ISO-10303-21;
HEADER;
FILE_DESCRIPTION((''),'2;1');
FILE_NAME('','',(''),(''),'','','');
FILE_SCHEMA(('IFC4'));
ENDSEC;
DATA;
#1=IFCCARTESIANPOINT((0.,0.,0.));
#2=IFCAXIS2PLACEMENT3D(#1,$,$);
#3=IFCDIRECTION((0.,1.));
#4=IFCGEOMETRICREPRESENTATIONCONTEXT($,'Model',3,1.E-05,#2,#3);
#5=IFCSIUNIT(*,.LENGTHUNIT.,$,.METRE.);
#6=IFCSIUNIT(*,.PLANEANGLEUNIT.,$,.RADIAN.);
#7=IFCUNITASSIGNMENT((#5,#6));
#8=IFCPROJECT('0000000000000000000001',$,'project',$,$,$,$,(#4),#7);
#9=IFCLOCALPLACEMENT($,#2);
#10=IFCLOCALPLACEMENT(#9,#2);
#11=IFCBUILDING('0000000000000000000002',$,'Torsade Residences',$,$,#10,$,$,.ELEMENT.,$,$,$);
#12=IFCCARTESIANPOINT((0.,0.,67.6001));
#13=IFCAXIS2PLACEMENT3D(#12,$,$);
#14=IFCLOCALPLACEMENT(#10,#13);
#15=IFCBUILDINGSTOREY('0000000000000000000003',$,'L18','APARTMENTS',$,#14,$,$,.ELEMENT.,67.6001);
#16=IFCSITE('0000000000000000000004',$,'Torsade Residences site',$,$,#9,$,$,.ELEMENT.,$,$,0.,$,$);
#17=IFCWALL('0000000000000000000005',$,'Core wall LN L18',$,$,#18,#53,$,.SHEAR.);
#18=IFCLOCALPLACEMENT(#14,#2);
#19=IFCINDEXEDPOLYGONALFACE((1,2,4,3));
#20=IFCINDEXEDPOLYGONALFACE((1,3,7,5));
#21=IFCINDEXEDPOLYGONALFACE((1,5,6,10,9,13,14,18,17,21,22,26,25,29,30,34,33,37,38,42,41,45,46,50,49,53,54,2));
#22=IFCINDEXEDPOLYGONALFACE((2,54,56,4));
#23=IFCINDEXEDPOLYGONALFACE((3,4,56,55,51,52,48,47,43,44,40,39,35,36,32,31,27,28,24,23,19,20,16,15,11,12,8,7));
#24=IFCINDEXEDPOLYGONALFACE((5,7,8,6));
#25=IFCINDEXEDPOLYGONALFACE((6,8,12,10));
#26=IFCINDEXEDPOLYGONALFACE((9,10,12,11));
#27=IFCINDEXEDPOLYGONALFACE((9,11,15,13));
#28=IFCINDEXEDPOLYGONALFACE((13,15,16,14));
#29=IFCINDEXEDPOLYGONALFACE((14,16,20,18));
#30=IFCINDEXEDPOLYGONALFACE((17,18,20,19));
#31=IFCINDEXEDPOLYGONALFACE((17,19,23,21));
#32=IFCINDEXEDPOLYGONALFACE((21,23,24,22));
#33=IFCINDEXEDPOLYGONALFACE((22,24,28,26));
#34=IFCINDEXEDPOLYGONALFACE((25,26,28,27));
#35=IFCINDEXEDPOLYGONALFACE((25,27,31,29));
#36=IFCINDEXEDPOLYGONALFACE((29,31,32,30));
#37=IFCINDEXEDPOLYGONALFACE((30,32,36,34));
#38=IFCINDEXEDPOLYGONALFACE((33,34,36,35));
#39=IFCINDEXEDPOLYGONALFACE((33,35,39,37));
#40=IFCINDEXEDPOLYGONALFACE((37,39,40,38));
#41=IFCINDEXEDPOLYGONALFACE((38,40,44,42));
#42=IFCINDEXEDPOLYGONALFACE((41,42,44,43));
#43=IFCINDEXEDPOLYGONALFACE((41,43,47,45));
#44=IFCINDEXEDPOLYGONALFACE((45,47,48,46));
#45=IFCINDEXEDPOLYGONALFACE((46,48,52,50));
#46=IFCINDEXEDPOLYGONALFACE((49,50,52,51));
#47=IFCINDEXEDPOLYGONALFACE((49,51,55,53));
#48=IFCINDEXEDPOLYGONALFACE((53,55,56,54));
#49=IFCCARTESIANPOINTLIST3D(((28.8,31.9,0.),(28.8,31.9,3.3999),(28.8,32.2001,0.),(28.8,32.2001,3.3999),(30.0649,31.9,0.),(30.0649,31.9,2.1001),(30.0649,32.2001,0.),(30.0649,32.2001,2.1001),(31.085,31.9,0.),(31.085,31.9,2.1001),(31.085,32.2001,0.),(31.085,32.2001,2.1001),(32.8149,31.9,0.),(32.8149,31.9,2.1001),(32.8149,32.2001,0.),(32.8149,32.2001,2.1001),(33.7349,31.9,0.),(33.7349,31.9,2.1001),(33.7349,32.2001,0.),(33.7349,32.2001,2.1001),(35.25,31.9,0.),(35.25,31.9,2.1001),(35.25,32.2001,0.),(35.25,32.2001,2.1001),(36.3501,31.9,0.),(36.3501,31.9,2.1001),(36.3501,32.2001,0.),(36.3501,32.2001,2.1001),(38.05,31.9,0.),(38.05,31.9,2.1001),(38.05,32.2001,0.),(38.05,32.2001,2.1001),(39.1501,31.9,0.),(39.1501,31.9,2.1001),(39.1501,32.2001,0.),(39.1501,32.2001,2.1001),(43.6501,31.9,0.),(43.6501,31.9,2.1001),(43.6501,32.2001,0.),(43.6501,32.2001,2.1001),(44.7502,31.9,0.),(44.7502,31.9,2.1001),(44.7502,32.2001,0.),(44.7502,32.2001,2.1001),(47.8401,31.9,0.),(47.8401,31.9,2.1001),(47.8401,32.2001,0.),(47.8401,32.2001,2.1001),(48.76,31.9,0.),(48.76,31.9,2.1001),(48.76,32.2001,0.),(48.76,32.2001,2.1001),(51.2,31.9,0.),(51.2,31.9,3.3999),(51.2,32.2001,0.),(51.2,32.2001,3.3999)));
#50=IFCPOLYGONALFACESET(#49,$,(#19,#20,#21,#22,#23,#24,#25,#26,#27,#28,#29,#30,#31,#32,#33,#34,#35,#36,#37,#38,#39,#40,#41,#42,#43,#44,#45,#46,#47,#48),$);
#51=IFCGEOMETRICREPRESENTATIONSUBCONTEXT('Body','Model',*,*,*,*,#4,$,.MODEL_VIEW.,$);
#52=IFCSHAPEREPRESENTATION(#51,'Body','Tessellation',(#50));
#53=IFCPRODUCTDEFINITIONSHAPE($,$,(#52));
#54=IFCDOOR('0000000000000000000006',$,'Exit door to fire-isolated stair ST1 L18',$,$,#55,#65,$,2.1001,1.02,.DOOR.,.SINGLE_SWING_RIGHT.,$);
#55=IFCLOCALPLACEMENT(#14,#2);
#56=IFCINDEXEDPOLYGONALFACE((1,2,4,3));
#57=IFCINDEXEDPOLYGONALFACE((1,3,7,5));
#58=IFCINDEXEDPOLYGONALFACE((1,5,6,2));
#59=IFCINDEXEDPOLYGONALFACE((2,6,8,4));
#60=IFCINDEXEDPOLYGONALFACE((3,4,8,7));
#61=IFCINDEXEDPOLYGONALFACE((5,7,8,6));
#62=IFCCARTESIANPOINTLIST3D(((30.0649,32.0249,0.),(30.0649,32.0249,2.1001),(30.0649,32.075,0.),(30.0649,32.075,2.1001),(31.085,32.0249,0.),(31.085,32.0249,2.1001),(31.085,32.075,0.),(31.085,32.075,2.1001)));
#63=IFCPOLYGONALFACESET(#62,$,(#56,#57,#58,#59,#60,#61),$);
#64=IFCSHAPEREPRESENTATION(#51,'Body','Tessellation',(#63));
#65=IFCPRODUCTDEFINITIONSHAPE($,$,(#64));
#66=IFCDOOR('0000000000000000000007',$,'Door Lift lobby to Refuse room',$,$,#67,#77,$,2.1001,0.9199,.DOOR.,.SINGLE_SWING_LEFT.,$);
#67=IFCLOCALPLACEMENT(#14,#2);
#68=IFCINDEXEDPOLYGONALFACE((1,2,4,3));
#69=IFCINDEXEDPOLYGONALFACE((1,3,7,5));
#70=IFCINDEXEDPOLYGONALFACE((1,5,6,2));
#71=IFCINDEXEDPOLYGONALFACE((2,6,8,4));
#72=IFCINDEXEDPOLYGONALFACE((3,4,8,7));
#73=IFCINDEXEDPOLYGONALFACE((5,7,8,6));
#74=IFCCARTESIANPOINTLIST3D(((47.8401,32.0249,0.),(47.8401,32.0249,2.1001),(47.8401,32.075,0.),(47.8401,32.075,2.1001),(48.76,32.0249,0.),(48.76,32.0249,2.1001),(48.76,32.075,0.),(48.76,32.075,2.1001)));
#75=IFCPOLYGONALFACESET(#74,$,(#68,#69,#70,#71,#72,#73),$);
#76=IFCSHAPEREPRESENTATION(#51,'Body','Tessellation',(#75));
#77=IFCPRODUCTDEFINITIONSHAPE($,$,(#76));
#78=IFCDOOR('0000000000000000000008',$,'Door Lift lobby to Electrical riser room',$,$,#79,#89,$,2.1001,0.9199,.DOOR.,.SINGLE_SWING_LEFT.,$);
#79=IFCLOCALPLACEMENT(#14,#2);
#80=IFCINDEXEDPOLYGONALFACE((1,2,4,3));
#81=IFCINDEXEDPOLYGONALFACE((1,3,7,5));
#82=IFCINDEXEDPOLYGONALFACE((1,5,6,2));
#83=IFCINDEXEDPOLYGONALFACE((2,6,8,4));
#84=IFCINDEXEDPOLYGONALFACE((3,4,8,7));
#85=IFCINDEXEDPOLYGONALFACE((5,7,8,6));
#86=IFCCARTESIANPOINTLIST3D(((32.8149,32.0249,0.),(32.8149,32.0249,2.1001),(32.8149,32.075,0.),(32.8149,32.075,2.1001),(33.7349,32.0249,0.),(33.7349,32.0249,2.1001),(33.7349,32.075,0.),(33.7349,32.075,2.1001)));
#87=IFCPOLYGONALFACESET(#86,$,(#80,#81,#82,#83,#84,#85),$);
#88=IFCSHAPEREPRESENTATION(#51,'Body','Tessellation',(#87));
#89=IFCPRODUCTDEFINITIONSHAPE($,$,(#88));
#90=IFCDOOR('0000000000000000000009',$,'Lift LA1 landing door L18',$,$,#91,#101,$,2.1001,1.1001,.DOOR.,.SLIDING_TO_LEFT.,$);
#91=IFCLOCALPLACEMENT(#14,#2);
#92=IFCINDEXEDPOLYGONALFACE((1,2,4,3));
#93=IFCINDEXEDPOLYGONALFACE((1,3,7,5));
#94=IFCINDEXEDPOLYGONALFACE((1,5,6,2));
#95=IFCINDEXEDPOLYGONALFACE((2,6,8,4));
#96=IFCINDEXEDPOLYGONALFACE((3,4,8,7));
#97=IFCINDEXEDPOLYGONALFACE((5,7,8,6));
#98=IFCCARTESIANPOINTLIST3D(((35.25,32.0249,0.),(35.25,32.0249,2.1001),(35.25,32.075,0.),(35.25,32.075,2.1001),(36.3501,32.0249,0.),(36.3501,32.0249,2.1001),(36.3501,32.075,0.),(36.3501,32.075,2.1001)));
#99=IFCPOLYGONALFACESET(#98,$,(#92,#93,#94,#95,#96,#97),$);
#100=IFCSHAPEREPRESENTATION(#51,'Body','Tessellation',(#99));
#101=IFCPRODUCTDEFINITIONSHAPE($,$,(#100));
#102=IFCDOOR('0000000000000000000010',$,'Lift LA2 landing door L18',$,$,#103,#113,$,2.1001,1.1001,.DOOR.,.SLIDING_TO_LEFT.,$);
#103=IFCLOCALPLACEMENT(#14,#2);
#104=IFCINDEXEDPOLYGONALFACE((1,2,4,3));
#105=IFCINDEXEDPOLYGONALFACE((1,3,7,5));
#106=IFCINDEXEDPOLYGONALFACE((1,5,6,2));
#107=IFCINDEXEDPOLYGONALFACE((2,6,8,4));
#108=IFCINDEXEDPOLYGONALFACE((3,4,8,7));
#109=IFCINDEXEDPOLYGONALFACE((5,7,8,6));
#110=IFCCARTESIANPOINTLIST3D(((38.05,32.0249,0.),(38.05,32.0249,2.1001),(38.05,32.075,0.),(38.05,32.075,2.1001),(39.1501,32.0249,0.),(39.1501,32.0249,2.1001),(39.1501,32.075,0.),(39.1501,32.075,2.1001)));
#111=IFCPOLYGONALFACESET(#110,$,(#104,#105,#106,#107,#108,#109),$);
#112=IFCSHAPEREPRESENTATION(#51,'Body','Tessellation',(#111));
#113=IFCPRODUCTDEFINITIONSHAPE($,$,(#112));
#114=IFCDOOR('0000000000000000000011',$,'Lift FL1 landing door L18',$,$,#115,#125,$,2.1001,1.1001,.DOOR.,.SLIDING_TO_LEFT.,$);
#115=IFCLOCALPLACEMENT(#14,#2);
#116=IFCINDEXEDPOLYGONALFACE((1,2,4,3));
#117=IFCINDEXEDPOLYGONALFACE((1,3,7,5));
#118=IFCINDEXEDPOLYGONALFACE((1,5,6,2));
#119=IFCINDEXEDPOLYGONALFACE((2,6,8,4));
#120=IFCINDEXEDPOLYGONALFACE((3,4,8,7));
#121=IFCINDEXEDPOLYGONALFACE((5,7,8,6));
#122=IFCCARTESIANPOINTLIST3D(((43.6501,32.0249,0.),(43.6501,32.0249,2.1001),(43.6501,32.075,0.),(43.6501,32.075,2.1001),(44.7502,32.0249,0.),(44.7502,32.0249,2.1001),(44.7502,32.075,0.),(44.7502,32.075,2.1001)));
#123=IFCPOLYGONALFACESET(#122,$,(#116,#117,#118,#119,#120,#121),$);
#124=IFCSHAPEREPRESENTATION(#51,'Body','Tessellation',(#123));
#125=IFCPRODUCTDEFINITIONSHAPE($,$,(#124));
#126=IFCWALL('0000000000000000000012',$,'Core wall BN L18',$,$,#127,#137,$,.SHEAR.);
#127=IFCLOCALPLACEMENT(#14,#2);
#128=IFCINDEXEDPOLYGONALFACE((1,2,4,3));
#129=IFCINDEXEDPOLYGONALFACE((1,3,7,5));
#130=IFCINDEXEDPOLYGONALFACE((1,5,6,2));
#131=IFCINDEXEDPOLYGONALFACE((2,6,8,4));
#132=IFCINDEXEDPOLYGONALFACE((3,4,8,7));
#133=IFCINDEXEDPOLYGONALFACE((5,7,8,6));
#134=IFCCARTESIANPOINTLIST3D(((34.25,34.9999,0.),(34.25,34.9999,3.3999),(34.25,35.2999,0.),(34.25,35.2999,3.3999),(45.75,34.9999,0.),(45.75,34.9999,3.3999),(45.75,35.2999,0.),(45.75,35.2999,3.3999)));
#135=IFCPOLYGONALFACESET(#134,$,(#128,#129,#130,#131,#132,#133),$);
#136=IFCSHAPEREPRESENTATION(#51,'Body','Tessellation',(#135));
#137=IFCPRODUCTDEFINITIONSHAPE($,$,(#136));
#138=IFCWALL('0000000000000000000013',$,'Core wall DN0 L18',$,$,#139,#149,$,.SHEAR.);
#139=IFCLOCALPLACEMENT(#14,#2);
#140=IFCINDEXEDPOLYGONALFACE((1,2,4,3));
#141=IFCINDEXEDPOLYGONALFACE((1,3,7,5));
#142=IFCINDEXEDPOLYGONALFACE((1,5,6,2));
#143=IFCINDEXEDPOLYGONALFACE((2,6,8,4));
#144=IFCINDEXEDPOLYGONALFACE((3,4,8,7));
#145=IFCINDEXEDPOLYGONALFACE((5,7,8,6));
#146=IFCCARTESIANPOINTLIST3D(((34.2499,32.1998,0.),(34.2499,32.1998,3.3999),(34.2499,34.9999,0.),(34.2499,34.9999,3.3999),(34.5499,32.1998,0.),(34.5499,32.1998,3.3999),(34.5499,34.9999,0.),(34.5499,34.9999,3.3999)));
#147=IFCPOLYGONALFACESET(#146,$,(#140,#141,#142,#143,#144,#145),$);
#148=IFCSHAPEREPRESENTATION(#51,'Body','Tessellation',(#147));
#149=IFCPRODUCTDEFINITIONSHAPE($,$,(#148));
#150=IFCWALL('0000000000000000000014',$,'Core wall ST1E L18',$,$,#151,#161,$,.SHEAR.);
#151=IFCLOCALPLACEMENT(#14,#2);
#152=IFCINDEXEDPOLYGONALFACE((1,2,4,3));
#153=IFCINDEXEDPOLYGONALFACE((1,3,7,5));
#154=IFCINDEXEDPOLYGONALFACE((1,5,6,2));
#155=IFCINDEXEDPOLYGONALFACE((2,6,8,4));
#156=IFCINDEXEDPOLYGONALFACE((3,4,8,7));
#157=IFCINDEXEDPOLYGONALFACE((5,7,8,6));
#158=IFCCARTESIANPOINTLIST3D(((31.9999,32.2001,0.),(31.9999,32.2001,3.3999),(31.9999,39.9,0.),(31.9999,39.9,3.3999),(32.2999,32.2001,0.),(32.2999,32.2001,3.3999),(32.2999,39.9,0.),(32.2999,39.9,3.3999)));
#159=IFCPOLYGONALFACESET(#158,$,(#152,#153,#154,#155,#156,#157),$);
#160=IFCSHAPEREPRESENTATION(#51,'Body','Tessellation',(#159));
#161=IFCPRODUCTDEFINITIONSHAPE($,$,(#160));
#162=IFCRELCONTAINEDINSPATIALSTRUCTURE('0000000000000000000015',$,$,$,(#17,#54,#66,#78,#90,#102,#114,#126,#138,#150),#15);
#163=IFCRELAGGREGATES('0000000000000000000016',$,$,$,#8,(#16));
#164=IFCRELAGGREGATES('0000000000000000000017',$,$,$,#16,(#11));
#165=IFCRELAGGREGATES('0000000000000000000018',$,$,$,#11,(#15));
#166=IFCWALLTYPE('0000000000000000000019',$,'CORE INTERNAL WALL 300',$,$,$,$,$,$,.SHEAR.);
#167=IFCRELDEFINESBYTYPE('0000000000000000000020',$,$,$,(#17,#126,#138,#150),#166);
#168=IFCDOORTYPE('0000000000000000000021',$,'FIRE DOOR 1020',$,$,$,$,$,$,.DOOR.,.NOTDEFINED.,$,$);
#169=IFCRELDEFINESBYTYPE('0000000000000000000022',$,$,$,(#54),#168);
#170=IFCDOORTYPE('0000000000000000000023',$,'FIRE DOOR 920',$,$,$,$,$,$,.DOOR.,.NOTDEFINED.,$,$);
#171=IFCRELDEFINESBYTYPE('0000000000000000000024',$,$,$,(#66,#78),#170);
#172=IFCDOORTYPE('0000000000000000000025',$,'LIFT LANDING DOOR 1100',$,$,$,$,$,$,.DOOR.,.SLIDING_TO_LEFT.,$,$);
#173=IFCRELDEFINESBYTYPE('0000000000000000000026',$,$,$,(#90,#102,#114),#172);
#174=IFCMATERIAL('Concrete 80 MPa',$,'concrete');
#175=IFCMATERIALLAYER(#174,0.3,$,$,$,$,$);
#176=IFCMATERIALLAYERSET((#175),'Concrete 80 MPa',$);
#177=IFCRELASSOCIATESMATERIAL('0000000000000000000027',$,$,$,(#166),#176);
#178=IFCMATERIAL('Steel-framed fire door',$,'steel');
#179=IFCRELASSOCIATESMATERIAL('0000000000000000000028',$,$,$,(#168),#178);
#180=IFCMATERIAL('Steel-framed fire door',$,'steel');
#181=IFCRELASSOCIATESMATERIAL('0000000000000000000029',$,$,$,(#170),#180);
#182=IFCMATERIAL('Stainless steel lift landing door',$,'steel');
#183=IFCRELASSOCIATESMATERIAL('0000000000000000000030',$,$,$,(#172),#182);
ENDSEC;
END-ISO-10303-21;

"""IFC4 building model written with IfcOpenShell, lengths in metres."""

from ifc_helpers import new_model, si_unit, direction, frame, frame_2d, origin, place, context, subcontext, project, spatial, rectangle, extrude, material, layer, layer_set, type_object, element, fill, save


model = new_model("IFC4")

# Units and contexts
model_context = context("Model", 3, precision=1e-05, world=origin(), true_north=direction((0.0, 1.0)))
body_context = subcontext(model_context, "Body", "Model", "MODEL_VIEW")
ifc_project = project(units=[si_unit("LENGTHUNIT", "METRE"), si_unit("PLANEANGLEUNIT", "RADIAN")], contexts=[model_context])

# Site, building, storey
site_placement = place(None, origin())
site = spatial("IfcSite", under=ifc_project, at=site_placement, Name="Torsade Residences site", CompositionType="ELEMENT", RefElevation=0.0)
building_placement = place(site_placement, origin())
building = spatial("IfcBuilding", under=site, at=building_placement, Name="Torsade Residences", CompositionType="ELEMENT")
storey_placement = place(building_placement, frame((0.0, 0.0, 67.6001)))
storey = spatial("IfcBuildingStorey", under=building, at=storey_placement, Name="L18", Description="APARTMENTS", CompositionType="ELEMENT", Elevation=67.6001)

# Wall, openings, doors
ifc_material_1 = material(Name="Concrete 80 MPa", Category="concrete")
ifc_layer_1 = layer(ifc_material_1, 0.3)
ifc_layer_set_1 = layer_set([ifc_layer_1], Name="Concrete 80 MPa")
wall_type_1 = type_object("IfcWallType", Name="CORE INTERNAL WALL 300", PredefinedType="SHEAR", material=ifc_layer_set_1)
wall_1_placement = place(storey_placement, frame((28.8, 32.05, 0.0), z_axis=(0.0, 0.0, 1.0), x_axis=(1.0, 0.0, 0.0)))
wall_1 = element("IfcWall", 1, at=wall_1_placement, inside=storey, type_object=wall_type_1, Name="Core wall LN L18", PredefinedType="SHEAR", context=body_context, shape_type="SweptSolid", body=[
    extrude(rectangle(XDim=22.3999, YDim=0.3, at=frame_2d((11.2, 0.0))), origin(), (0.0, 0.0, 1.0), 3.3999),
])
opening_1_placement = place(wall_1_placement, frame((19.04, 0.0, 0.0)))
opening_1 = element("IfcOpeningElement", 2, at=opening_1_placement, cuts=wall_1, PredefinedType="OPENING", context=body_context, shape_type="SweptSolid", body=[
    extrude(rectangle(XDim=0.9199, YDim=2.1001, at=frame_2d((0.46, 1.05))), frame((0.0, 0.1599, 0.0), z_axis=(0.0, -1.0, 0.0), x_axis=(1.0, 0.0, 0.0)), (0.0, 0.0, 1.0), 0.3201),
])
opening_2_placement = place(wall_1_placement, frame((1.2649, 0.0, 0.0)))
opening_2 = element("IfcOpeningElement", 3, at=opening_2_placement, cuts=wall_1, PredefinedType="OPENING", context=body_context, shape_type="SweptSolid", body=[
    extrude(rectangle(XDim=1.02, YDim=2.1001, at=frame_2d((0.51, 1.05))), frame((0.0, 0.1599, 0.0), z_axis=(0.0, -1.0, 0.0), x_axis=(1.0, 0.0, 0.0)), (0.0, 0.0, 1.0), 0.3201),
])
opening_3_placement = place(wall_1_placement, frame((4.0149, 0.0, 0.0)))
opening_3 = element("IfcOpeningElement", 4, at=opening_3_placement, cuts=wall_1, PredefinedType="OPENING", context=body_context, shape_type="SweptSolid", body=[
    extrude(rectangle(XDim=0.9199, YDim=2.1001, at=frame_2d((0.46, 1.05))), frame((0.0, 0.1599, 0.0), z_axis=(0.0, -1.0, 0.0), x_axis=(1.0, 0.0, 0.0)), (0.0, 0.0, 1.0), 0.3201),
])
opening_4_placement = place(wall_1_placement, frame((6.45, 0.0, 0.0)))
opening_4 = element("IfcOpeningElement", 5, at=opening_4_placement, cuts=wall_1, PredefinedType="OPENING", context=body_context, shape_type="SweptSolid", body=[
    extrude(rectangle(XDim=1.1001, YDim=2.1001, at=frame_2d((0.55, 1.05))), frame((0.0, 0.1599, 0.0), z_axis=(0.0, -1.0, 0.0), x_axis=(1.0, 0.0, 0.0)), (0.0, 0.0, 1.0), 0.3201),
])
opening_5_placement = place(wall_1_placement, frame((9.25, 0.0, 0.0)))
opening_5 = element("IfcOpeningElement", 6, at=opening_5_placement, cuts=wall_1, PredefinedType="OPENING", context=body_context, shape_type="SweptSolid", body=[
    extrude(rectangle(XDim=1.1001, YDim=2.1001, at=frame_2d((0.55, 1.05))), frame((0.0, 0.1599, 0.0), z_axis=(0.0, -1.0, 0.0), x_axis=(1.0, 0.0, 0.0)), (0.0, 0.0, 1.0), 0.3201),
])
opening_6_placement = place(wall_1_placement, frame((14.8501, 0.0, 0.0)))
opening_6 = element("IfcOpeningElement", 7, at=opening_6_placement, cuts=wall_1, PredefinedType="OPENING", context=body_context, shape_type="SweptSolid", body=[
    extrude(rectangle(XDim=1.1001, YDim=2.1001, at=frame_2d((0.55, 1.05))), frame((0.0, 0.1599, 0.0), z_axis=(0.0, -1.0, 0.0), x_axis=(1.0, 0.0, 0.0)), (0.0, 0.0, 1.0), 0.3201),
])
ifc_material_2 = material(Name="Steel-framed fire door", Category="steel")
door_type_1 = type_object("IfcDoorType", Name="FIRE DOOR 1020", OperationType="NOTDEFINED", PredefinedType="DOOR", material=ifc_material_2)
door_1_placement = place(opening_2_placement, origin())
door_1 = element("IfcDoor", 8, at=door_1_placement, inside=storey, type_object=door_type_1, Name="Exit door to fire-isolated stair ST1 L18", OperationType="SINGLE_SWING_RIGHT", OverallHeight=2.1001, OverallWidth=1.02, PredefinedType="DOOR", context=body_context, shape_type="SweptSolid", body=[
    extrude(rectangle(XDim=1.02, YDim=2.1001, at=frame_2d((0.51, 1.05))), frame((0.0, 0.0249, 0.0), z_axis=(0.0, -1.0, 0.0), x_axis=(1.0, 0.0, 0.0)), (0.0, 0.0, 1.0), 0.05),
])
fill(opening_2, door_1)
ifc_material_3 = material(Name="Steel-framed fire door", Category="steel")
door_type_2 = type_object("IfcDoorType", Name="FIRE DOOR 920", OperationType="NOTDEFINED", PredefinedType="DOOR", material=ifc_material_3)
door_2_placement = place(opening_1_placement, origin())
door_2 = element("IfcDoor", 9, at=door_2_placement, inside=storey, type_object=door_type_2, Name="Door Lift lobby to Refuse room", OperationType="SINGLE_SWING_LEFT", OverallHeight=2.1001, OverallWidth=0.9199, PredefinedType="DOOR", context=body_context, shape_type="SweptSolid", body=[
    extrude(rectangle(XDim=0.9199, YDim=2.1001, at=frame_2d((0.46, 1.05))), frame((0.0, 0.0249, 0.0), z_axis=(0.0, -1.0, 0.0), x_axis=(1.0, 0.0, 0.0)), (0.0, 0.0, 1.0), 0.05),
])
fill(opening_1, door_2)
door_3_placement = place(opening_3_placement, origin())
door_3 = element("IfcDoor", 10, at=door_3_placement, inside=storey, type_object=door_type_2, Name="Door Lift lobby to Electrical riser room", OperationType="SINGLE_SWING_LEFT", OverallHeight=2.1001, OverallWidth=0.9199, PredefinedType="DOOR", context=body_context, shape_type="SweptSolid", body=[
    extrude(rectangle(XDim=0.9199, YDim=2.1001, at=frame_2d((0.46, 1.05))), frame((0.0, 0.0249, 0.0), z_axis=(0.0, -1.0, 0.0), x_axis=(1.0, 0.0, 0.0)), (0.0, 0.0, 1.0), 0.05),
])
fill(opening_3, door_3)
ifc_material_4 = material(Name="Stainless steel lift landing door", Category="steel")
door_type_3 = type_object("IfcDoorType", Name="LIFT LANDING DOOR 1100", OperationType="SLIDING_TO_LEFT", PredefinedType="DOOR", material=ifc_material_4)
door_4_placement = place(opening_4_placement, origin())
door_4 = element("IfcDoor", 11, at=door_4_placement, inside=storey, type_object=door_type_3, Name="Lift LA1 landing door L18", OperationType="SLIDING_TO_LEFT", OverallHeight=2.1001, OverallWidth=1.1001, PredefinedType="DOOR", context=body_context, shape_type="SweptSolid", body=[
    extrude(rectangle(XDim=1.1001, YDim=2.1001, at=frame_2d((0.55, 1.05))), frame((0.0, 0.0249, 0.0), z_axis=(0.0, -1.0, 0.0), x_axis=(1.0, 0.0, 0.0)), (0.0, 0.0, 1.0), 0.05),
])
fill(opening_4, door_4)
door_5_placement = place(opening_5_placement, origin())
door_5 = element("IfcDoor", 12, at=door_5_placement, inside=storey, type_object=door_type_3, Name="Lift LA2 landing door L18", OperationType="SLIDING_TO_LEFT", OverallHeight=2.1001, OverallWidth=1.1001, PredefinedType="DOOR", context=body_context, shape_type="SweptSolid", body=[
    extrude(rectangle(XDim=1.1001, YDim=2.1001, at=frame_2d((0.55, 1.05))), frame((0.0, 0.0249, 0.0), z_axis=(0.0, -1.0, 0.0), x_axis=(1.0, 0.0, 0.0)), (0.0, 0.0, 1.0), 0.05),
])
fill(opening_5, door_5)
door_6_placement = place(opening_6_placement, origin())
door_6 = element("IfcDoor", 13, at=door_6_placement, inside=storey, type_object=door_type_3, Name="Lift FL1 landing door L18", OperationType="SLIDING_TO_LEFT", OverallHeight=2.1001, OverallWidth=1.1001, PredefinedType="DOOR", context=body_context, shape_type="SweptSolid", body=[
    extrude(rectangle(XDim=1.1001, YDim=2.1001, at=frame_2d((0.55, 1.05))), frame((0.0, 0.0249, 0.0), z_axis=(0.0, -1.0, 0.0), x_axis=(1.0, 0.0, 0.0)), (0.0, 0.0, 1.0), 0.05),
])
fill(opening_6, door_6)

# Walls
wall_2_placement = place(storey_placement, frame((34.25, 35.1499, 0.0), z_axis=(0.0, 0.0, 1.0), x_axis=(1.0, 0.0, 0.0)))
element("IfcWall", 14, at=wall_2_placement, inside=storey, type_object=wall_type_1, Name="Core wall BN L18", PredefinedType="SHEAR", context=body_context, shape_type="SweptSolid", body=[
    extrude(rectangle(XDim=11.5, YDim=0.3, at=frame_2d((5.75, 0.0))), origin(), (0.0, 0.0, 1.0), 3.3999),
])
wall_3_placement = place(storey_placement, frame((34.3999, 32.2, 0.0), z_axis=(0.0, 0.0, 1.0), x_axis=(0.0, 1.0, 0.0)))
element("IfcWall", 15, at=wall_3_placement, inside=storey, type_object=wall_type_1, Name="Core wall DN0 L18", PredefinedType="SHEAR", context=body_context, shape_type="SweptSolid", body=[
    extrude(rectangle(XDim=2.8, YDim=0.3, at=frame_2d((1.3999, 0.0))), origin(), (0.0, 0.0, 1.0), 3.3999),
])
wall_4_placement = place(storey_placement, frame((32.1499, 32.2, 0.0), z_axis=(0.0, 0.0, 1.0), x_axis=(0.0, 1.0, 0.0)))
element("IfcWall", 16, at=wall_4_placement, inside=storey, type_object=wall_type_1, Name="Core wall ST1E L18", PredefinedType="SHEAR", context=body_context, shape_type="SweptSolid", body=[
    extrude(rectangle(XDim=7.7, YDim=0.3, at=frame_2d((3.8501, 0.0))), origin(), (0.0, 0.0, 1.0), 3.3999),
])

save(model, "model.ifc")
